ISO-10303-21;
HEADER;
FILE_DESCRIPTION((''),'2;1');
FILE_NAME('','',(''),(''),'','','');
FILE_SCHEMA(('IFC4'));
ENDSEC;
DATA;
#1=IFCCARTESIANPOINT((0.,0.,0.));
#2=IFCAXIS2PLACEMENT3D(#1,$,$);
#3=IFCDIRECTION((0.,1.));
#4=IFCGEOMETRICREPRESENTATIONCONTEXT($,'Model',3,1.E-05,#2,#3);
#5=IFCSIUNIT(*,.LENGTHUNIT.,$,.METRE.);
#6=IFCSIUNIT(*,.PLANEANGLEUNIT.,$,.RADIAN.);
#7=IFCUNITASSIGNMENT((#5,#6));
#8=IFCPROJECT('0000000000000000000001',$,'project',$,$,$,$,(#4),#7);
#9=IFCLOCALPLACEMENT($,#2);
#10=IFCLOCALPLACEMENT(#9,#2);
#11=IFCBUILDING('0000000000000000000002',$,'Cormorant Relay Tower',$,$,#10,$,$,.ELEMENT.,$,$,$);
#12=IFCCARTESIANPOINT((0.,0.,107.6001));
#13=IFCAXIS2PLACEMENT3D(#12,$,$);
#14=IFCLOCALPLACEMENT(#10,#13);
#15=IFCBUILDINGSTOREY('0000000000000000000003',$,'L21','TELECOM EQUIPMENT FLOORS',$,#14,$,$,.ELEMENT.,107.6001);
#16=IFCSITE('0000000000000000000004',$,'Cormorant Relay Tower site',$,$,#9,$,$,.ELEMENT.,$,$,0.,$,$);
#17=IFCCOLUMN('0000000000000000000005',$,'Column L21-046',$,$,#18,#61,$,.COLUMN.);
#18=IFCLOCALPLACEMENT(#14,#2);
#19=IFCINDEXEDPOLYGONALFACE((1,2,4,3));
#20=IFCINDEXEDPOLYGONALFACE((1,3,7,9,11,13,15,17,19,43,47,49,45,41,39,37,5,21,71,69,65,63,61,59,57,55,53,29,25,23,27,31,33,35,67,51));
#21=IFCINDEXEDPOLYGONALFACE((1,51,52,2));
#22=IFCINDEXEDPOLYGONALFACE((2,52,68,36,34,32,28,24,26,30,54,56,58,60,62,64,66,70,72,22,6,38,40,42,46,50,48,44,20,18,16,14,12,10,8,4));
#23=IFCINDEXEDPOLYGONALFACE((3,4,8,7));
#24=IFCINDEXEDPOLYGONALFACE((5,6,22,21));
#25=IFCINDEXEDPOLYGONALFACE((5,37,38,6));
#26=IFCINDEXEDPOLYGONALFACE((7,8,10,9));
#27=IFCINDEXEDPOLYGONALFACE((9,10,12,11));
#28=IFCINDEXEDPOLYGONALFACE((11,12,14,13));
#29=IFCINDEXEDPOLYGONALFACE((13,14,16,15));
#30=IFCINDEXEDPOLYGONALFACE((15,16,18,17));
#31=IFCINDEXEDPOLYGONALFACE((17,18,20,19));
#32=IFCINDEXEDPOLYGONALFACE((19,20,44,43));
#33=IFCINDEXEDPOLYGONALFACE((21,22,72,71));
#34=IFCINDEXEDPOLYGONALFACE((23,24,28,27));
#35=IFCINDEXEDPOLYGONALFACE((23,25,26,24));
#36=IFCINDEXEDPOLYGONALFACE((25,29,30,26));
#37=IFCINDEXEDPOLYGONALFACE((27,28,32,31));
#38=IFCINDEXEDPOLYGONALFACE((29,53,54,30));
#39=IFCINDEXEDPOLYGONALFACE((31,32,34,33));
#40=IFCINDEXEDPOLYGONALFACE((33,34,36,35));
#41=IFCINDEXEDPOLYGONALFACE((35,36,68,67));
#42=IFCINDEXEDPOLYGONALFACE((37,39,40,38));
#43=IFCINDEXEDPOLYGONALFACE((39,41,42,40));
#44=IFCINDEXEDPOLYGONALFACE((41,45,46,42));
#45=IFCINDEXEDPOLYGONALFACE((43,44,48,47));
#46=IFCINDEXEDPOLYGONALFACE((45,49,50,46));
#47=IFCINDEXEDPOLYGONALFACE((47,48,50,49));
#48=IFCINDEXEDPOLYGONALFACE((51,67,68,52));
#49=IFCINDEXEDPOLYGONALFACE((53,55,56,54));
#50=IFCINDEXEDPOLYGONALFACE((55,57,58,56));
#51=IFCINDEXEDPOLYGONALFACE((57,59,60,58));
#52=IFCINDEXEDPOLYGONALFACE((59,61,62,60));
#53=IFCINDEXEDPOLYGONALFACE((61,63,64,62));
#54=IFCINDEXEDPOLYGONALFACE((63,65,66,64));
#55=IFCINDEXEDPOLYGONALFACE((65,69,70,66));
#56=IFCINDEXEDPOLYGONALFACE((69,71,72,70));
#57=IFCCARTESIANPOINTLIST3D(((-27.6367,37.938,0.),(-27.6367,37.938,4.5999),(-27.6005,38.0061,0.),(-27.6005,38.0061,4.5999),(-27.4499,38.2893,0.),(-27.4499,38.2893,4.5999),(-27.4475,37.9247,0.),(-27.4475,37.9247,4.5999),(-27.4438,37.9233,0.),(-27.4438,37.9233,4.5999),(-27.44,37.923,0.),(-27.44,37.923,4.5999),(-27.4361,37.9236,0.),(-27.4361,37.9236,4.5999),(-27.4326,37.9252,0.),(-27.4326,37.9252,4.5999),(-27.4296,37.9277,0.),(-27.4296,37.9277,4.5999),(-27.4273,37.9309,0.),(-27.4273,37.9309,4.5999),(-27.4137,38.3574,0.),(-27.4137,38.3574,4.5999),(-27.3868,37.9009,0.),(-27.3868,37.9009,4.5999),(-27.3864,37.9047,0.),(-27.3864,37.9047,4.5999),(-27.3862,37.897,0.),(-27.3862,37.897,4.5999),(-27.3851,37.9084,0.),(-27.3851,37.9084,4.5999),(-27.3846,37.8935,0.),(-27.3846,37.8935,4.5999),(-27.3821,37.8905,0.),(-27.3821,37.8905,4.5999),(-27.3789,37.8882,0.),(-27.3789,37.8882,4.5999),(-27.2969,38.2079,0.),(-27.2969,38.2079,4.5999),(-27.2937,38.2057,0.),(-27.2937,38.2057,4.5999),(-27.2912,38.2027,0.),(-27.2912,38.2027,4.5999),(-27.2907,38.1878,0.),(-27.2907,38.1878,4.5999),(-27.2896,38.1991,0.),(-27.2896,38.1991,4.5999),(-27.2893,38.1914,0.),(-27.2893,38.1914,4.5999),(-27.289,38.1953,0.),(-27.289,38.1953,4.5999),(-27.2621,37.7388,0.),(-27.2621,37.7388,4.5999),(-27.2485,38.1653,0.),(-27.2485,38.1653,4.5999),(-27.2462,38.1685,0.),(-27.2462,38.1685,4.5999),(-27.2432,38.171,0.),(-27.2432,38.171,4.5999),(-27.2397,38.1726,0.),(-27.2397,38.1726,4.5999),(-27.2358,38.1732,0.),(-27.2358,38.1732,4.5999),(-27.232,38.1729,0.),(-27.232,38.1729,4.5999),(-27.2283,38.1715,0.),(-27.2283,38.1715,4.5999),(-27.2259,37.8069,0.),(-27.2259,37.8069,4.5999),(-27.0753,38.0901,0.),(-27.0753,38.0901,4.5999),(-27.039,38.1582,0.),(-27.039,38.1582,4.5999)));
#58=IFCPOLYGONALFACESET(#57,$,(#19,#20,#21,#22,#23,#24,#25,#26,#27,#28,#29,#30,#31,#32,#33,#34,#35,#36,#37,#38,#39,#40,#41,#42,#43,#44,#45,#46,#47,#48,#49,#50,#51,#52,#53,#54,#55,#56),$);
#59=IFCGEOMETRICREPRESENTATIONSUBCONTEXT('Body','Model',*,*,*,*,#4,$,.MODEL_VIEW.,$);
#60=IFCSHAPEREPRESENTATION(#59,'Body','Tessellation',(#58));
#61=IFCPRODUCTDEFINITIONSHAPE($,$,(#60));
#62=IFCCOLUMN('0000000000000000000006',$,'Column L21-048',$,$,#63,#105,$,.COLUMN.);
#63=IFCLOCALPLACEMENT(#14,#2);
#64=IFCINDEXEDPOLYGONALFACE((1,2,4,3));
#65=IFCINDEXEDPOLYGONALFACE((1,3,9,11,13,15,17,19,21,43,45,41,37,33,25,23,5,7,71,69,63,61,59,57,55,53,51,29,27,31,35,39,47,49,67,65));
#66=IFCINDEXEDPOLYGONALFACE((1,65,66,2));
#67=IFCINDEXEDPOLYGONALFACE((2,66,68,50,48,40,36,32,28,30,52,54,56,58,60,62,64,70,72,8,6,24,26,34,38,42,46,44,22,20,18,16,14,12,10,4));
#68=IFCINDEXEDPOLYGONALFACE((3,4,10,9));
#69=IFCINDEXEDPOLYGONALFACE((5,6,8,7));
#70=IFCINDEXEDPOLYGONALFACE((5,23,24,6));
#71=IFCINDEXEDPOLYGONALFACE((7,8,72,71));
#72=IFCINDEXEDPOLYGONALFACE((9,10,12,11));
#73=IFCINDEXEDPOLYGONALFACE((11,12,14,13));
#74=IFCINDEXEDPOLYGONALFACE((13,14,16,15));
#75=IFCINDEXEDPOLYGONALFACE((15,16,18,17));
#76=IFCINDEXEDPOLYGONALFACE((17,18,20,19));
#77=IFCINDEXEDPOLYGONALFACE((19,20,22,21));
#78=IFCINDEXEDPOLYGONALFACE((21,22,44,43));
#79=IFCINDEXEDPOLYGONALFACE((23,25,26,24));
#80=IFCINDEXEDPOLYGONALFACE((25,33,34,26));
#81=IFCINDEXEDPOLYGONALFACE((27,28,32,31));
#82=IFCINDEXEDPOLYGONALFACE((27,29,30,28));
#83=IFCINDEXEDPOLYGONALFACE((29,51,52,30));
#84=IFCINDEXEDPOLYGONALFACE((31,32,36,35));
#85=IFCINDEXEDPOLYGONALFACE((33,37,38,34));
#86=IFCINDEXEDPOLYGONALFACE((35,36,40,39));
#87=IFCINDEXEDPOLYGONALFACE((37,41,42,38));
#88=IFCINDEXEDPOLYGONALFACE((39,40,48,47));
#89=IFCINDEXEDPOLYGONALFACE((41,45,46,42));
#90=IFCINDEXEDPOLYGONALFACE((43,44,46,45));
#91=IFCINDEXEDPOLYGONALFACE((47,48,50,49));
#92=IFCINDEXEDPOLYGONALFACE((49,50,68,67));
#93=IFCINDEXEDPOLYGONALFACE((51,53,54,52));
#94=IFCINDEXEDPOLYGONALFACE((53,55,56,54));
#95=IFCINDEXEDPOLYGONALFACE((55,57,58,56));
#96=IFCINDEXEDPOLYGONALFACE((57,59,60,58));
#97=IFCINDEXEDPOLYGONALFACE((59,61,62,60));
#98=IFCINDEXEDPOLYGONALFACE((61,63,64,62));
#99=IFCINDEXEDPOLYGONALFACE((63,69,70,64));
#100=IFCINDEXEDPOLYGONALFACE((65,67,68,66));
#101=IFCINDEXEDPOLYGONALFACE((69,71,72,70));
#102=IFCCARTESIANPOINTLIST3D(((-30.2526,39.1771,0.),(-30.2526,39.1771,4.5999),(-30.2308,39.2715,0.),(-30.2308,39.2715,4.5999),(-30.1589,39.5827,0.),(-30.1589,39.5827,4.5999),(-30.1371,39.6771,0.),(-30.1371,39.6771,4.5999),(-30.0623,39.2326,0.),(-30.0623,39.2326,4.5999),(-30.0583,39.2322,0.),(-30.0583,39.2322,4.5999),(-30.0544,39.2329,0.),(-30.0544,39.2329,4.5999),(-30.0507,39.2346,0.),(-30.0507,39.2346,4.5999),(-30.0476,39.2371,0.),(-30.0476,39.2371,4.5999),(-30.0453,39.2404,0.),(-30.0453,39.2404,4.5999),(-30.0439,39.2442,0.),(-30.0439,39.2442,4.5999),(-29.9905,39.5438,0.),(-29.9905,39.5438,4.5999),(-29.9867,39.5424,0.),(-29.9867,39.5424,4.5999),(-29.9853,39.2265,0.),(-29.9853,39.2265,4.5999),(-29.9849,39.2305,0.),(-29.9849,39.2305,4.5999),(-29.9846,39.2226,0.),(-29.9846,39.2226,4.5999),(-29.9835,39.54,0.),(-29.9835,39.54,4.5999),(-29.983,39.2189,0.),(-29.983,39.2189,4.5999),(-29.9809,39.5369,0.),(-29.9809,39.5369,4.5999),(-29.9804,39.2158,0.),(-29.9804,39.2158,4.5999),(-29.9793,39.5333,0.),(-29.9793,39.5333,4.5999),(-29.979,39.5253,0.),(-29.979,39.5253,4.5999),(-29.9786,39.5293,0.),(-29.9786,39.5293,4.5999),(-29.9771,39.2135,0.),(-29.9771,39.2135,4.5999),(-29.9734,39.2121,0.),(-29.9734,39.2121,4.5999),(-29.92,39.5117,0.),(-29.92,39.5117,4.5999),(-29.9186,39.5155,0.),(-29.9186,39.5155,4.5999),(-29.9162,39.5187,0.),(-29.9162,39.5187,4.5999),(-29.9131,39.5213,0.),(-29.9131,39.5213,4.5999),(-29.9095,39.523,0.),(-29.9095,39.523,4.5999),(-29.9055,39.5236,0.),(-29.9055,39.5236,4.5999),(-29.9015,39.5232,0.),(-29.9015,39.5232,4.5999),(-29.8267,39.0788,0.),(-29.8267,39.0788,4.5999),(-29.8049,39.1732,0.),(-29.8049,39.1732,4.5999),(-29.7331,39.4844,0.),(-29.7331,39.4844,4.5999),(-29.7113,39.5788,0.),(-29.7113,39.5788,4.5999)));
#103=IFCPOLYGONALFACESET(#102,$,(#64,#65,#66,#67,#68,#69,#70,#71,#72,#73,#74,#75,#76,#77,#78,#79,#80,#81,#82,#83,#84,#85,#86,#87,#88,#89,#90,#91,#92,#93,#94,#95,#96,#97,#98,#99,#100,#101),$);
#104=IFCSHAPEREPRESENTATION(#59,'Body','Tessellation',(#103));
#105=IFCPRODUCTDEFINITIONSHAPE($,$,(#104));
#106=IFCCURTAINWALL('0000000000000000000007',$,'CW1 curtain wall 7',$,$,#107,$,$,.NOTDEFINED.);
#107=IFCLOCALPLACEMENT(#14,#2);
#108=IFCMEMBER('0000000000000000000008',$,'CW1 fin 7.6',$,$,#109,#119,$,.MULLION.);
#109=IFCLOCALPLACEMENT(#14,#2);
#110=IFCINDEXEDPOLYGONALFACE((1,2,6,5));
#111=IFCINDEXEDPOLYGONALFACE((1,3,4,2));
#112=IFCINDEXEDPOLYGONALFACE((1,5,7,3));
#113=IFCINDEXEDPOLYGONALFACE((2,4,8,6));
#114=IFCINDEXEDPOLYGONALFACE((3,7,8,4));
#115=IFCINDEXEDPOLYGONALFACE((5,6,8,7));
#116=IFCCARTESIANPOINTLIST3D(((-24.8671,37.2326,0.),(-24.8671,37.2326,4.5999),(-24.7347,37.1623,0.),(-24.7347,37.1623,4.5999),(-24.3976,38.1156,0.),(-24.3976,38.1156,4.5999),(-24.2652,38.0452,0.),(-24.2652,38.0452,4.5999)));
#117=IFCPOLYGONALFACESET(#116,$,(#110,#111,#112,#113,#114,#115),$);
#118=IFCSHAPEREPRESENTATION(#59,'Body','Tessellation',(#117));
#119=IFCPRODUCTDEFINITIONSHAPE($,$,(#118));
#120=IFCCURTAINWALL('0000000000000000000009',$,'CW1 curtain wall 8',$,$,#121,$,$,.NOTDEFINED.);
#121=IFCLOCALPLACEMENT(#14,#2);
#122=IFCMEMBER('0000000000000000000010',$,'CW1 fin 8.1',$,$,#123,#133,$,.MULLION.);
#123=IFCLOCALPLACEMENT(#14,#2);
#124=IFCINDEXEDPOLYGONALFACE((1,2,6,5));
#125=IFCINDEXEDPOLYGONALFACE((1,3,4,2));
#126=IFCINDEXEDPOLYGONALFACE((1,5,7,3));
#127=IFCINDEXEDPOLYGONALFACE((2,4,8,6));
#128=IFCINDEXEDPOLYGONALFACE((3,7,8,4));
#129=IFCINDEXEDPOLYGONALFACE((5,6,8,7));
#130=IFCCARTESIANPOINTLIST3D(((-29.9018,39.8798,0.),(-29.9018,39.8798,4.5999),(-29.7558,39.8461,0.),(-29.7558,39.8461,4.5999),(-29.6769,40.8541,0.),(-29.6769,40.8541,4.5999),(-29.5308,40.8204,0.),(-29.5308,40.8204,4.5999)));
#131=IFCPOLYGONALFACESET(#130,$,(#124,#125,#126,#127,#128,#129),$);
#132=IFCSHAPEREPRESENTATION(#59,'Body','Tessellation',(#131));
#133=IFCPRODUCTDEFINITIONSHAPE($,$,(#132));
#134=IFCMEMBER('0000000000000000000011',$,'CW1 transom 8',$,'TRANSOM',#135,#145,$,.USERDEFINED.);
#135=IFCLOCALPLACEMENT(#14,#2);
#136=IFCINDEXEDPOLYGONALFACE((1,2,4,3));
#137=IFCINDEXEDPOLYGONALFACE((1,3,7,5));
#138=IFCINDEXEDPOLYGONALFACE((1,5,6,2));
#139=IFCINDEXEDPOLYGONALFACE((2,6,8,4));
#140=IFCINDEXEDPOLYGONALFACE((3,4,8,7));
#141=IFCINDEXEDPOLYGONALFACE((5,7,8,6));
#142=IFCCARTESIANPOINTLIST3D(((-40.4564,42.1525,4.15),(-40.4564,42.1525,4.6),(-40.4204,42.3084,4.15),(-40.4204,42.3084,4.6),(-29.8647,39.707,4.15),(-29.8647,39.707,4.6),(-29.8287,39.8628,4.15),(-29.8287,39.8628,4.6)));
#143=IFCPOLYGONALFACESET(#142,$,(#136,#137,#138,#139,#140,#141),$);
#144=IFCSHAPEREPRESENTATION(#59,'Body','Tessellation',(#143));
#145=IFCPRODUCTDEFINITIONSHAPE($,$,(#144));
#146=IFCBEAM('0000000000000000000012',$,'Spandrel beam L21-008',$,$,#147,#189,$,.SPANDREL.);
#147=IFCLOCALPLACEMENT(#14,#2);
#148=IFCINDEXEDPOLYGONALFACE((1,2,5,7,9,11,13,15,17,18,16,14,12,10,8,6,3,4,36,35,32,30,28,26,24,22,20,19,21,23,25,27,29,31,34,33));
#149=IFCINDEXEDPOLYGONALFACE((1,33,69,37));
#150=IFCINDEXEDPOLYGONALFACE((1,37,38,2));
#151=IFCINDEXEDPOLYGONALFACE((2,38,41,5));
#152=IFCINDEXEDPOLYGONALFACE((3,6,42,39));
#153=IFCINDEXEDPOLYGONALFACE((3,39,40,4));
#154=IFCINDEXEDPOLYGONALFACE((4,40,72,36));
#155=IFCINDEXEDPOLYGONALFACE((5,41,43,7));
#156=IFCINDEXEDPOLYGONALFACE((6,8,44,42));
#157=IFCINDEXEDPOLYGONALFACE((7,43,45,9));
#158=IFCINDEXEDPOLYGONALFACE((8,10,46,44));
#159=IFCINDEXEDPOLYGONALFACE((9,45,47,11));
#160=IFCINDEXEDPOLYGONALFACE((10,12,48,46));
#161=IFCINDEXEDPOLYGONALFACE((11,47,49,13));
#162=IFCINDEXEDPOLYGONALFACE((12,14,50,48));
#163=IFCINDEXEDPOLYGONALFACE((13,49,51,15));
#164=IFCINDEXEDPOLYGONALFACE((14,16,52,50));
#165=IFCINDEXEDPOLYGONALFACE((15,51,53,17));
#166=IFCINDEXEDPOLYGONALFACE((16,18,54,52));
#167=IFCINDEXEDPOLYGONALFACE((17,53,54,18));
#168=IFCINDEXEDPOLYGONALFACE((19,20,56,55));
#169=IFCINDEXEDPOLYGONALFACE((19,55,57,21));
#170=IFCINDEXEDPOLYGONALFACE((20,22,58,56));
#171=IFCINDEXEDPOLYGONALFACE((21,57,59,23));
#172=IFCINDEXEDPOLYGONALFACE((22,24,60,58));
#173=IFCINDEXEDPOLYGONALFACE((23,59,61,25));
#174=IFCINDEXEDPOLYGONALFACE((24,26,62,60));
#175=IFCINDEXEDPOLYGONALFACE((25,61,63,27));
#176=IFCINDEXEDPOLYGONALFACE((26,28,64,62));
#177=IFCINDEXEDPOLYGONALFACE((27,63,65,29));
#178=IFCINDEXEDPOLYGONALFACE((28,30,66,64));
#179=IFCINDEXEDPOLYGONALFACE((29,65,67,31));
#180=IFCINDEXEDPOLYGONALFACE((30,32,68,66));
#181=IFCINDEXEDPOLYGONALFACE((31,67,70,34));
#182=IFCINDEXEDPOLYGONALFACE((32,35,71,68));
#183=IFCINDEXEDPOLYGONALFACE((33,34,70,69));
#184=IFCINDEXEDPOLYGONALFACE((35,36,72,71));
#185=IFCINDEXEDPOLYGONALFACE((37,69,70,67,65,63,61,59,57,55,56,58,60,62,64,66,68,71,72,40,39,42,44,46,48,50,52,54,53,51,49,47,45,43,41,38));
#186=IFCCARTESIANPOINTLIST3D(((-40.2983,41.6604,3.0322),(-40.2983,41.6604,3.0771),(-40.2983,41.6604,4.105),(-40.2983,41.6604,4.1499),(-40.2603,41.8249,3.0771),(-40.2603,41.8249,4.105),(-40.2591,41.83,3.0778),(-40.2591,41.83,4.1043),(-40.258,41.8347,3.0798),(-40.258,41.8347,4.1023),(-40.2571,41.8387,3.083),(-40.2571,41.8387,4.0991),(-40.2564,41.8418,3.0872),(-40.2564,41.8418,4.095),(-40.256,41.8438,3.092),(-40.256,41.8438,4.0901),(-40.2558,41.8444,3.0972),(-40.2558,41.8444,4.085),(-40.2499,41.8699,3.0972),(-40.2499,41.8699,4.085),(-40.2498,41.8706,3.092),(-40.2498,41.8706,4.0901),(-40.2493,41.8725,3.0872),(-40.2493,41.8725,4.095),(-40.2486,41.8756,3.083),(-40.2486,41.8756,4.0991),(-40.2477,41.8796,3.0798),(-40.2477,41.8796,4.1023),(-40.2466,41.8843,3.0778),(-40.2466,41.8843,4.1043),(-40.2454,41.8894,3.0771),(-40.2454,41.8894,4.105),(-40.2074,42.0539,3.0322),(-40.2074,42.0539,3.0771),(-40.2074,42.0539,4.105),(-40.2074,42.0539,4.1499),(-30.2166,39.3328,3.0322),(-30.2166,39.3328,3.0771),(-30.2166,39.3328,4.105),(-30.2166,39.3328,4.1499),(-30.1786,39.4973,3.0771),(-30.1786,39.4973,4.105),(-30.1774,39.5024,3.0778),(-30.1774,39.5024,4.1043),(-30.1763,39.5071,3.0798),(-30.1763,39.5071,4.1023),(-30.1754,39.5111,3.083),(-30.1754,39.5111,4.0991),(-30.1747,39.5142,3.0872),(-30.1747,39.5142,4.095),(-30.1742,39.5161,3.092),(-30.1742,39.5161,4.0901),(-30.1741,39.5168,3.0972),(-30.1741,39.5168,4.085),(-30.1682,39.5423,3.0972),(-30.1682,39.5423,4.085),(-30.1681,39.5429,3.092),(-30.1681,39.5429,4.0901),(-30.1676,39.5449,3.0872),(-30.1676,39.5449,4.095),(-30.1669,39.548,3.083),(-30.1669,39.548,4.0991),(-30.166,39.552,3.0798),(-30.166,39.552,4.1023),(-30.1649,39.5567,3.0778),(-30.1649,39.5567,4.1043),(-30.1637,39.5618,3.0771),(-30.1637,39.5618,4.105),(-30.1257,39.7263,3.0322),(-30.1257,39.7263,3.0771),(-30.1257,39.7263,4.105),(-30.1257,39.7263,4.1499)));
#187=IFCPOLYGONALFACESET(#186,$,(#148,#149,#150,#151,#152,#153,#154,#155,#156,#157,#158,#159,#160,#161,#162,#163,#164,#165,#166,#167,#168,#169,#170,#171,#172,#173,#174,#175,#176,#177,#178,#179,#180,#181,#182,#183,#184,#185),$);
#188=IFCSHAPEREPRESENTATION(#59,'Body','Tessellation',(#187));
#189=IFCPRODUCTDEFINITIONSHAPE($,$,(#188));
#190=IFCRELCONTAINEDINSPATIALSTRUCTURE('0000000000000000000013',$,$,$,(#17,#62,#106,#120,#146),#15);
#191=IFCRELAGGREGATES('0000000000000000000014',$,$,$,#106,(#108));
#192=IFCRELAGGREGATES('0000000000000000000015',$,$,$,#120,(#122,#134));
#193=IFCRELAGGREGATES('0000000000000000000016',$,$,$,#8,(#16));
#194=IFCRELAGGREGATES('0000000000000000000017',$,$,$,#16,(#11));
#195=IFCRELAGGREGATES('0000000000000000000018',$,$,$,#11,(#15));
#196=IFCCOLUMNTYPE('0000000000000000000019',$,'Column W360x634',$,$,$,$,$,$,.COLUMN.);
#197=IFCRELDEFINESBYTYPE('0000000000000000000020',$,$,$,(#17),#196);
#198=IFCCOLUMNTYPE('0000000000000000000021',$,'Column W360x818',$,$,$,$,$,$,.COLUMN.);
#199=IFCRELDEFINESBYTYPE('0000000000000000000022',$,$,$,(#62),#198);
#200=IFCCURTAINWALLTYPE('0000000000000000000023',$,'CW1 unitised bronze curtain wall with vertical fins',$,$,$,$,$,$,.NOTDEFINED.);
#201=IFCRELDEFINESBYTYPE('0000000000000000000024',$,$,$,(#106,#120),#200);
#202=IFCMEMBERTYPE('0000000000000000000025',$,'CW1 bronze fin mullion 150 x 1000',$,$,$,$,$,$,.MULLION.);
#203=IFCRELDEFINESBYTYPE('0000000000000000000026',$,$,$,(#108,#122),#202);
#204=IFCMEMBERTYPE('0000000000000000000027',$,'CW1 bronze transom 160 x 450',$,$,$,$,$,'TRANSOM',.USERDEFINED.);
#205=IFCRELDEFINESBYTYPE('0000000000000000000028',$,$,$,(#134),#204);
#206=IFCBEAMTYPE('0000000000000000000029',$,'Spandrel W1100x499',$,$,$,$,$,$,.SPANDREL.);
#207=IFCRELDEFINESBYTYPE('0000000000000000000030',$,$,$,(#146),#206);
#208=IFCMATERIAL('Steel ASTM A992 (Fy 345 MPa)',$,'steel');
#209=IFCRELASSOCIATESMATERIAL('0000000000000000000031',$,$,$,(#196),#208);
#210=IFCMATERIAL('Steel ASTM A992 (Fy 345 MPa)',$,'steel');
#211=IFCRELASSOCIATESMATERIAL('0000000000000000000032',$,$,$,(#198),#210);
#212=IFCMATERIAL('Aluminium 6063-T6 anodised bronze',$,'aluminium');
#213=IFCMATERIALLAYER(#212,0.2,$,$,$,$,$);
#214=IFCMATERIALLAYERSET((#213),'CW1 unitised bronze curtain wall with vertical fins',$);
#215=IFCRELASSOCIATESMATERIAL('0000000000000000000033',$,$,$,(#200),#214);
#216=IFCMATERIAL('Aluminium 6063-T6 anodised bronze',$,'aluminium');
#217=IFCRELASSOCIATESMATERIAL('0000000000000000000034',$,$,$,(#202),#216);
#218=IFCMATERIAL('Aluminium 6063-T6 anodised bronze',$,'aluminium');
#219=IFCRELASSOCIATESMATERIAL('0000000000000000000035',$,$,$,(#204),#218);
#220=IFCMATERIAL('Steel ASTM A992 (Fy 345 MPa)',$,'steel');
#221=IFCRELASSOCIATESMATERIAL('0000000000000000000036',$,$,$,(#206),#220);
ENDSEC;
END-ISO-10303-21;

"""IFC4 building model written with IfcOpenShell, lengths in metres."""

from ifc_helpers import new_model, si_unit, direction, frame, origin, origin_2d, place, context, subcontext, project, spatial, rectangle, i_section, extrude, material, layer, layer_set, material_profile, profile_set, type_object, element, aggregate, save


model = new_model("IFC4")

# Units and contexts
model_context = context("Model", 3, precision=1e-05, world=origin(), true_north=direction((0.0, 1.0)))
body_context = subcontext(model_context, "Body", "Model", "MODEL_VIEW")
ifc_project = project(units=[si_unit("LENGTHUNIT", "METRE"), si_unit("PLANEANGLEUNIT", "RADIAN")], contexts=[model_context])

# Site, building, storey
site_placement = place(None, origin())
site = spatial("IfcSite", under=ifc_project, at=site_placement, Name="Cormorant Relay Tower site", CompositionType="ELEMENT", RefElevation=0.0)
building_placement = place(site_placement, origin())
building = spatial("IfcBuilding", under=site, at=building_placement, Name="Cormorant Relay Tower", CompositionType="ELEMENT")
storey_placement = place(building_placement, frame((0.0, 0.0, 107.6001)))
storey = spatial("IfcBuildingStorey", under=building, at=storey_placement, Name="L21", Description="TELECOM EQUIPMENT FLOORS", CompositionType="ELEMENT", Elevation=107.6001)

# Columns
ifc_material_1 = material(Name="Steel ASTM A992 (Fy 345 MPa)", Category="steel")
ifc_material_profile_1 = material_profile(ifc_material_1, i_section(OverallWidth=0.4243, OverallDepth=0.4751, WebThickness=0.0479, FlangeThickness=0.0771, FilletRadius=0.0149, at=origin_2d()), Name="W360x634")
ifc_profile_set_1 = profile_set([ifc_material_profile_1], Name="Steel ASTM A992 (Fy 345 MPa)")
column_type_1 = type_object("IfcColumnType", Name="Column W360x634", PredefinedType="COLUMN", material=ifc_profile_set_1)
column_1_placement = place(storey_placement, frame((-27.3379, 38.0481, 0.0), z_axis=(0.0, 0.0, 1.0), x_axis=(-0.882948, 0.469472, 0.0)))
element("IfcColumn", 1, at=column_1_placement, inside=storey, type_object=column_type_1, Name="Column L21-046", PredefinedType="COLUMN", context=body_context, shape_type="SweptSolid", body=[
    extrude(i_section(OverallWidth=0.4243, OverallDepth=0.4751, WebThickness=0.0479, FlangeThickness=0.0771, FilletRadius=0.0149, at=origin_2d()), origin(), (0.0, 0.0, 1.0), 4.5999),
])
ifc_material_2 = material(Name="Steel ASTM A992 (Fy 345 MPa)", Category="steel")
ifc_material_profile_2 = material_profile(ifc_material_2, i_section(OverallWidth=0.437, OverallDepth=0.5132, WebThickness=0.0605, FlangeThickness=0.0969, FilletRadius=0.0154, at=origin_2d()), Name="W360x818")
ifc_profile_set_2 = profile_set([ifc_material_profile_2], Name="Steel ASTM A992 (Fy 345 MPa)")
column_type_2 = type_object("IfcColumnType", Name="Column W360x818", PredefinedType="COLUMN", material=ifc_profile_set_2)
column_2_placement = place(storey_placement, frame((-29.9819, 39.3779, 0.0), z_axis=(0.0, 0.0, 1.0), x_axis=(-0.97437, 0.224951, 0.0)))
element("IfcColumn", 2, at=column_2_placement, inside=storey, type_object=column_type_2, Name="Column L21-048", PredefinedType="COLUMN", context=body_context, shape_type="SweptSolid", body=[
    extrude(i_section(OverallWidth=0.437, OverallDepth=0.5132, WebThickness=0.0605, FlangeThickness=0.0969, FilletRadius=0.0154, at=origin_2d()), origin(), (0.0, 0.0, 1.0), 4.5999),
])

# Curtain wall, member
ifc_material_3 = material(Name="Aluminium 6063-T6 anodised bronze", Category="aluminium")
ifc_layer_1 = layer(ifc_material_3, 0.2)
ifc_layer_set_1 = layer_set([ifc_layer_1], Name="CW1 unitised bronze curtain wall with vertical fins")
curtain_wall_type = type_object("IfcCurtainWallType", Name="CW1 unitised bronze curtain wall with vertical fins", PredefinedType="NOTDEFINED", material=ifc_layer_set_1)
curtain_wall_1_placement = place(storey_placement, origin())
curtain_wall_1 = element("IfcCurtainWall", 3, at=curtain_wall_1_placement, inside=storey, type_object=curtain_wall_type, Name="CW1 curtain wall 7", PredefinedType="NOTDEFINED")
ifc_material_4 = material(Name="Aluminium 6063-T6 anodised bronze", Category="aluminium")
ifc_material_profile_3 = material_profile(ifc_material_4, rectangle(XDim=0.1499, YDim=1.0, at=origin_2d()), Name="AL 150x1000")
ifc_profile_set_3 = profile_set([ifc_material_profile_3], Name="Aluminium 6063-T6 anodised bronze")
member_type_1 = type_object("IfcMemberType", Name="CW1 bronze fin mullion 150 x 1000", PredefinedType="MULLION", material=ifc_profile_set_3)
member_1_placement = place(storey_placement, frame((-24.5662, 37.6389, 0.0), z_axis=(0.0, 0.0, 1.0), x_axis=(-0.882948, 0.469472, 0.0)))
member_1 = element("IfcMember", 4, at=member_1_placement, type_object=member_type_1, Name="CW1 fin 7.6", PredefinedType="MULLION", context=body_context, shape_type="SweptSolid", body=[
    extrude(rectangle(XDim=0.1499, YDim=1.0, at=origin_2d()), origin(), (0.0, 0.0, 1.0), 4.5999),
])

# Curtain wall, members
curtain_wall_2_placement = place(storey_placement, origin())
curtain_wall_2 = element("IfcCurtainWall", 5, at=curtain_wall_2_placement, inside=storey, type_object=curtain_wall_type, Name="CW1 curtain wall 8", PredefinedType="NOTDEFINED")
member_2_placement = place(storey_placement, frame((-29.7163, 40.3501, 0.0), z_axis=(0.0, 0.0, 1.0), x_axis=(-0.97437, 0.224951, 0.0)))
member_2 = element("IfcMember", 6, at=member_2_placement, type_object=member_type_1, Name="CW1 fin 8.1", PredefinedType="MULLION", context=body_context, shape_type="SweptSolid", body=[
    extrude(rectangle(XDim=0.1499, YDim=1.0, at=origin_2d()), origin(), (0.0, 0.0, 1.0), 4.5999),
])
ifc_material_5 = material(Name="Aluminium 6063-T6 anodised bronze", Category="aluminium")
ifc_material_profile_4 = material_profile(ifc_material_5, rectangle(XDim=0.1599, YDim=0.45, at=origin_2d()), Name="AL 160x450")
ifc_profile_set_4 = profile_set([ifc_material_profile_4], Name="Aluminium 6063-T6 anodised bronze")
member_type_2 = type_object("IfcMemberType", Name="CW1 bronze transom 160 x 450", ElementType="TRANSOM", PredefinedType="USERDEFINED", material=ifc_profile_set_4)
member_3_placement = place(storey_placement, frame((-29.8467, 39.7849, 4.375), z_axis=(-0.974365, 0.224973, 0.0), x_axis=(-0.224973, -0.974365, 0.0)))
member_3 = element("IfcMember", 7, at=member_3_placement, type_object=member_type_2, Name="CW1 transom 8", ObjectType="TRANSOM", PredefinedType="USERDEFINED", context=body_context, shape_type="SweptSolid", body=[
    extrude(rectangle(XDim=0.1599, YDim=0.45, at=origin_2d()), origin(), (0.0, 0.0, 1.0), 10.8704),
])

# Beam
ifc_material_6 = material(Name="Steel ASTM A992 (Fy 345 MPa)", Category="steel")
ifc_material_profile_5 = material_profile(ifc_material_6, i_section(OverallWidth=0.4038, OverallDepth=1.1177, WebThickness=0.0261, FlangeThickness=0.0449, FilletRadius=0.02, at=origin_2d()), Name="W1100x499")
ifc_profile_set_5 = profile_set([ifc_material_profile_5], Name="Steel ASTM A992 (Fy 345 MPa)")
beam_type = type_object("IfcBeamType", Name="Spandrel W1100x499", PredefinedType="SPANDREL", material=ifc_profile_set_5)
beam_placement = place(storey_placement, frame((-30.1711, 39.5295, 3.5911), z_axis=(-0.974369, 0.224958, 0.0), x_axis=(-0.224958, -0.974369, 0.0)))
element("IfcBeam", 8, at=beam_placement, inside=storey, type_object=beam_type, Name="Spandrel beam L21-008", PredefinedType="SPANDREL", context=body_context, shape_type="SweptSolid", body=[
    extrude(i_section(OverallWidth=0.4038, OverallDepth=1.1177, WebThickness=0.0261, FlangeThickness=0.0449, FilletRadius=0.02, at=origin_2d()), origin(), (0.0, 0.0, 1.0), 10.3469),
])

aggregate(curtain_wall_1, [member_1])
aggregate(curtain_wall_2, [member_2, member_3])

save(model, "model.ifc")
